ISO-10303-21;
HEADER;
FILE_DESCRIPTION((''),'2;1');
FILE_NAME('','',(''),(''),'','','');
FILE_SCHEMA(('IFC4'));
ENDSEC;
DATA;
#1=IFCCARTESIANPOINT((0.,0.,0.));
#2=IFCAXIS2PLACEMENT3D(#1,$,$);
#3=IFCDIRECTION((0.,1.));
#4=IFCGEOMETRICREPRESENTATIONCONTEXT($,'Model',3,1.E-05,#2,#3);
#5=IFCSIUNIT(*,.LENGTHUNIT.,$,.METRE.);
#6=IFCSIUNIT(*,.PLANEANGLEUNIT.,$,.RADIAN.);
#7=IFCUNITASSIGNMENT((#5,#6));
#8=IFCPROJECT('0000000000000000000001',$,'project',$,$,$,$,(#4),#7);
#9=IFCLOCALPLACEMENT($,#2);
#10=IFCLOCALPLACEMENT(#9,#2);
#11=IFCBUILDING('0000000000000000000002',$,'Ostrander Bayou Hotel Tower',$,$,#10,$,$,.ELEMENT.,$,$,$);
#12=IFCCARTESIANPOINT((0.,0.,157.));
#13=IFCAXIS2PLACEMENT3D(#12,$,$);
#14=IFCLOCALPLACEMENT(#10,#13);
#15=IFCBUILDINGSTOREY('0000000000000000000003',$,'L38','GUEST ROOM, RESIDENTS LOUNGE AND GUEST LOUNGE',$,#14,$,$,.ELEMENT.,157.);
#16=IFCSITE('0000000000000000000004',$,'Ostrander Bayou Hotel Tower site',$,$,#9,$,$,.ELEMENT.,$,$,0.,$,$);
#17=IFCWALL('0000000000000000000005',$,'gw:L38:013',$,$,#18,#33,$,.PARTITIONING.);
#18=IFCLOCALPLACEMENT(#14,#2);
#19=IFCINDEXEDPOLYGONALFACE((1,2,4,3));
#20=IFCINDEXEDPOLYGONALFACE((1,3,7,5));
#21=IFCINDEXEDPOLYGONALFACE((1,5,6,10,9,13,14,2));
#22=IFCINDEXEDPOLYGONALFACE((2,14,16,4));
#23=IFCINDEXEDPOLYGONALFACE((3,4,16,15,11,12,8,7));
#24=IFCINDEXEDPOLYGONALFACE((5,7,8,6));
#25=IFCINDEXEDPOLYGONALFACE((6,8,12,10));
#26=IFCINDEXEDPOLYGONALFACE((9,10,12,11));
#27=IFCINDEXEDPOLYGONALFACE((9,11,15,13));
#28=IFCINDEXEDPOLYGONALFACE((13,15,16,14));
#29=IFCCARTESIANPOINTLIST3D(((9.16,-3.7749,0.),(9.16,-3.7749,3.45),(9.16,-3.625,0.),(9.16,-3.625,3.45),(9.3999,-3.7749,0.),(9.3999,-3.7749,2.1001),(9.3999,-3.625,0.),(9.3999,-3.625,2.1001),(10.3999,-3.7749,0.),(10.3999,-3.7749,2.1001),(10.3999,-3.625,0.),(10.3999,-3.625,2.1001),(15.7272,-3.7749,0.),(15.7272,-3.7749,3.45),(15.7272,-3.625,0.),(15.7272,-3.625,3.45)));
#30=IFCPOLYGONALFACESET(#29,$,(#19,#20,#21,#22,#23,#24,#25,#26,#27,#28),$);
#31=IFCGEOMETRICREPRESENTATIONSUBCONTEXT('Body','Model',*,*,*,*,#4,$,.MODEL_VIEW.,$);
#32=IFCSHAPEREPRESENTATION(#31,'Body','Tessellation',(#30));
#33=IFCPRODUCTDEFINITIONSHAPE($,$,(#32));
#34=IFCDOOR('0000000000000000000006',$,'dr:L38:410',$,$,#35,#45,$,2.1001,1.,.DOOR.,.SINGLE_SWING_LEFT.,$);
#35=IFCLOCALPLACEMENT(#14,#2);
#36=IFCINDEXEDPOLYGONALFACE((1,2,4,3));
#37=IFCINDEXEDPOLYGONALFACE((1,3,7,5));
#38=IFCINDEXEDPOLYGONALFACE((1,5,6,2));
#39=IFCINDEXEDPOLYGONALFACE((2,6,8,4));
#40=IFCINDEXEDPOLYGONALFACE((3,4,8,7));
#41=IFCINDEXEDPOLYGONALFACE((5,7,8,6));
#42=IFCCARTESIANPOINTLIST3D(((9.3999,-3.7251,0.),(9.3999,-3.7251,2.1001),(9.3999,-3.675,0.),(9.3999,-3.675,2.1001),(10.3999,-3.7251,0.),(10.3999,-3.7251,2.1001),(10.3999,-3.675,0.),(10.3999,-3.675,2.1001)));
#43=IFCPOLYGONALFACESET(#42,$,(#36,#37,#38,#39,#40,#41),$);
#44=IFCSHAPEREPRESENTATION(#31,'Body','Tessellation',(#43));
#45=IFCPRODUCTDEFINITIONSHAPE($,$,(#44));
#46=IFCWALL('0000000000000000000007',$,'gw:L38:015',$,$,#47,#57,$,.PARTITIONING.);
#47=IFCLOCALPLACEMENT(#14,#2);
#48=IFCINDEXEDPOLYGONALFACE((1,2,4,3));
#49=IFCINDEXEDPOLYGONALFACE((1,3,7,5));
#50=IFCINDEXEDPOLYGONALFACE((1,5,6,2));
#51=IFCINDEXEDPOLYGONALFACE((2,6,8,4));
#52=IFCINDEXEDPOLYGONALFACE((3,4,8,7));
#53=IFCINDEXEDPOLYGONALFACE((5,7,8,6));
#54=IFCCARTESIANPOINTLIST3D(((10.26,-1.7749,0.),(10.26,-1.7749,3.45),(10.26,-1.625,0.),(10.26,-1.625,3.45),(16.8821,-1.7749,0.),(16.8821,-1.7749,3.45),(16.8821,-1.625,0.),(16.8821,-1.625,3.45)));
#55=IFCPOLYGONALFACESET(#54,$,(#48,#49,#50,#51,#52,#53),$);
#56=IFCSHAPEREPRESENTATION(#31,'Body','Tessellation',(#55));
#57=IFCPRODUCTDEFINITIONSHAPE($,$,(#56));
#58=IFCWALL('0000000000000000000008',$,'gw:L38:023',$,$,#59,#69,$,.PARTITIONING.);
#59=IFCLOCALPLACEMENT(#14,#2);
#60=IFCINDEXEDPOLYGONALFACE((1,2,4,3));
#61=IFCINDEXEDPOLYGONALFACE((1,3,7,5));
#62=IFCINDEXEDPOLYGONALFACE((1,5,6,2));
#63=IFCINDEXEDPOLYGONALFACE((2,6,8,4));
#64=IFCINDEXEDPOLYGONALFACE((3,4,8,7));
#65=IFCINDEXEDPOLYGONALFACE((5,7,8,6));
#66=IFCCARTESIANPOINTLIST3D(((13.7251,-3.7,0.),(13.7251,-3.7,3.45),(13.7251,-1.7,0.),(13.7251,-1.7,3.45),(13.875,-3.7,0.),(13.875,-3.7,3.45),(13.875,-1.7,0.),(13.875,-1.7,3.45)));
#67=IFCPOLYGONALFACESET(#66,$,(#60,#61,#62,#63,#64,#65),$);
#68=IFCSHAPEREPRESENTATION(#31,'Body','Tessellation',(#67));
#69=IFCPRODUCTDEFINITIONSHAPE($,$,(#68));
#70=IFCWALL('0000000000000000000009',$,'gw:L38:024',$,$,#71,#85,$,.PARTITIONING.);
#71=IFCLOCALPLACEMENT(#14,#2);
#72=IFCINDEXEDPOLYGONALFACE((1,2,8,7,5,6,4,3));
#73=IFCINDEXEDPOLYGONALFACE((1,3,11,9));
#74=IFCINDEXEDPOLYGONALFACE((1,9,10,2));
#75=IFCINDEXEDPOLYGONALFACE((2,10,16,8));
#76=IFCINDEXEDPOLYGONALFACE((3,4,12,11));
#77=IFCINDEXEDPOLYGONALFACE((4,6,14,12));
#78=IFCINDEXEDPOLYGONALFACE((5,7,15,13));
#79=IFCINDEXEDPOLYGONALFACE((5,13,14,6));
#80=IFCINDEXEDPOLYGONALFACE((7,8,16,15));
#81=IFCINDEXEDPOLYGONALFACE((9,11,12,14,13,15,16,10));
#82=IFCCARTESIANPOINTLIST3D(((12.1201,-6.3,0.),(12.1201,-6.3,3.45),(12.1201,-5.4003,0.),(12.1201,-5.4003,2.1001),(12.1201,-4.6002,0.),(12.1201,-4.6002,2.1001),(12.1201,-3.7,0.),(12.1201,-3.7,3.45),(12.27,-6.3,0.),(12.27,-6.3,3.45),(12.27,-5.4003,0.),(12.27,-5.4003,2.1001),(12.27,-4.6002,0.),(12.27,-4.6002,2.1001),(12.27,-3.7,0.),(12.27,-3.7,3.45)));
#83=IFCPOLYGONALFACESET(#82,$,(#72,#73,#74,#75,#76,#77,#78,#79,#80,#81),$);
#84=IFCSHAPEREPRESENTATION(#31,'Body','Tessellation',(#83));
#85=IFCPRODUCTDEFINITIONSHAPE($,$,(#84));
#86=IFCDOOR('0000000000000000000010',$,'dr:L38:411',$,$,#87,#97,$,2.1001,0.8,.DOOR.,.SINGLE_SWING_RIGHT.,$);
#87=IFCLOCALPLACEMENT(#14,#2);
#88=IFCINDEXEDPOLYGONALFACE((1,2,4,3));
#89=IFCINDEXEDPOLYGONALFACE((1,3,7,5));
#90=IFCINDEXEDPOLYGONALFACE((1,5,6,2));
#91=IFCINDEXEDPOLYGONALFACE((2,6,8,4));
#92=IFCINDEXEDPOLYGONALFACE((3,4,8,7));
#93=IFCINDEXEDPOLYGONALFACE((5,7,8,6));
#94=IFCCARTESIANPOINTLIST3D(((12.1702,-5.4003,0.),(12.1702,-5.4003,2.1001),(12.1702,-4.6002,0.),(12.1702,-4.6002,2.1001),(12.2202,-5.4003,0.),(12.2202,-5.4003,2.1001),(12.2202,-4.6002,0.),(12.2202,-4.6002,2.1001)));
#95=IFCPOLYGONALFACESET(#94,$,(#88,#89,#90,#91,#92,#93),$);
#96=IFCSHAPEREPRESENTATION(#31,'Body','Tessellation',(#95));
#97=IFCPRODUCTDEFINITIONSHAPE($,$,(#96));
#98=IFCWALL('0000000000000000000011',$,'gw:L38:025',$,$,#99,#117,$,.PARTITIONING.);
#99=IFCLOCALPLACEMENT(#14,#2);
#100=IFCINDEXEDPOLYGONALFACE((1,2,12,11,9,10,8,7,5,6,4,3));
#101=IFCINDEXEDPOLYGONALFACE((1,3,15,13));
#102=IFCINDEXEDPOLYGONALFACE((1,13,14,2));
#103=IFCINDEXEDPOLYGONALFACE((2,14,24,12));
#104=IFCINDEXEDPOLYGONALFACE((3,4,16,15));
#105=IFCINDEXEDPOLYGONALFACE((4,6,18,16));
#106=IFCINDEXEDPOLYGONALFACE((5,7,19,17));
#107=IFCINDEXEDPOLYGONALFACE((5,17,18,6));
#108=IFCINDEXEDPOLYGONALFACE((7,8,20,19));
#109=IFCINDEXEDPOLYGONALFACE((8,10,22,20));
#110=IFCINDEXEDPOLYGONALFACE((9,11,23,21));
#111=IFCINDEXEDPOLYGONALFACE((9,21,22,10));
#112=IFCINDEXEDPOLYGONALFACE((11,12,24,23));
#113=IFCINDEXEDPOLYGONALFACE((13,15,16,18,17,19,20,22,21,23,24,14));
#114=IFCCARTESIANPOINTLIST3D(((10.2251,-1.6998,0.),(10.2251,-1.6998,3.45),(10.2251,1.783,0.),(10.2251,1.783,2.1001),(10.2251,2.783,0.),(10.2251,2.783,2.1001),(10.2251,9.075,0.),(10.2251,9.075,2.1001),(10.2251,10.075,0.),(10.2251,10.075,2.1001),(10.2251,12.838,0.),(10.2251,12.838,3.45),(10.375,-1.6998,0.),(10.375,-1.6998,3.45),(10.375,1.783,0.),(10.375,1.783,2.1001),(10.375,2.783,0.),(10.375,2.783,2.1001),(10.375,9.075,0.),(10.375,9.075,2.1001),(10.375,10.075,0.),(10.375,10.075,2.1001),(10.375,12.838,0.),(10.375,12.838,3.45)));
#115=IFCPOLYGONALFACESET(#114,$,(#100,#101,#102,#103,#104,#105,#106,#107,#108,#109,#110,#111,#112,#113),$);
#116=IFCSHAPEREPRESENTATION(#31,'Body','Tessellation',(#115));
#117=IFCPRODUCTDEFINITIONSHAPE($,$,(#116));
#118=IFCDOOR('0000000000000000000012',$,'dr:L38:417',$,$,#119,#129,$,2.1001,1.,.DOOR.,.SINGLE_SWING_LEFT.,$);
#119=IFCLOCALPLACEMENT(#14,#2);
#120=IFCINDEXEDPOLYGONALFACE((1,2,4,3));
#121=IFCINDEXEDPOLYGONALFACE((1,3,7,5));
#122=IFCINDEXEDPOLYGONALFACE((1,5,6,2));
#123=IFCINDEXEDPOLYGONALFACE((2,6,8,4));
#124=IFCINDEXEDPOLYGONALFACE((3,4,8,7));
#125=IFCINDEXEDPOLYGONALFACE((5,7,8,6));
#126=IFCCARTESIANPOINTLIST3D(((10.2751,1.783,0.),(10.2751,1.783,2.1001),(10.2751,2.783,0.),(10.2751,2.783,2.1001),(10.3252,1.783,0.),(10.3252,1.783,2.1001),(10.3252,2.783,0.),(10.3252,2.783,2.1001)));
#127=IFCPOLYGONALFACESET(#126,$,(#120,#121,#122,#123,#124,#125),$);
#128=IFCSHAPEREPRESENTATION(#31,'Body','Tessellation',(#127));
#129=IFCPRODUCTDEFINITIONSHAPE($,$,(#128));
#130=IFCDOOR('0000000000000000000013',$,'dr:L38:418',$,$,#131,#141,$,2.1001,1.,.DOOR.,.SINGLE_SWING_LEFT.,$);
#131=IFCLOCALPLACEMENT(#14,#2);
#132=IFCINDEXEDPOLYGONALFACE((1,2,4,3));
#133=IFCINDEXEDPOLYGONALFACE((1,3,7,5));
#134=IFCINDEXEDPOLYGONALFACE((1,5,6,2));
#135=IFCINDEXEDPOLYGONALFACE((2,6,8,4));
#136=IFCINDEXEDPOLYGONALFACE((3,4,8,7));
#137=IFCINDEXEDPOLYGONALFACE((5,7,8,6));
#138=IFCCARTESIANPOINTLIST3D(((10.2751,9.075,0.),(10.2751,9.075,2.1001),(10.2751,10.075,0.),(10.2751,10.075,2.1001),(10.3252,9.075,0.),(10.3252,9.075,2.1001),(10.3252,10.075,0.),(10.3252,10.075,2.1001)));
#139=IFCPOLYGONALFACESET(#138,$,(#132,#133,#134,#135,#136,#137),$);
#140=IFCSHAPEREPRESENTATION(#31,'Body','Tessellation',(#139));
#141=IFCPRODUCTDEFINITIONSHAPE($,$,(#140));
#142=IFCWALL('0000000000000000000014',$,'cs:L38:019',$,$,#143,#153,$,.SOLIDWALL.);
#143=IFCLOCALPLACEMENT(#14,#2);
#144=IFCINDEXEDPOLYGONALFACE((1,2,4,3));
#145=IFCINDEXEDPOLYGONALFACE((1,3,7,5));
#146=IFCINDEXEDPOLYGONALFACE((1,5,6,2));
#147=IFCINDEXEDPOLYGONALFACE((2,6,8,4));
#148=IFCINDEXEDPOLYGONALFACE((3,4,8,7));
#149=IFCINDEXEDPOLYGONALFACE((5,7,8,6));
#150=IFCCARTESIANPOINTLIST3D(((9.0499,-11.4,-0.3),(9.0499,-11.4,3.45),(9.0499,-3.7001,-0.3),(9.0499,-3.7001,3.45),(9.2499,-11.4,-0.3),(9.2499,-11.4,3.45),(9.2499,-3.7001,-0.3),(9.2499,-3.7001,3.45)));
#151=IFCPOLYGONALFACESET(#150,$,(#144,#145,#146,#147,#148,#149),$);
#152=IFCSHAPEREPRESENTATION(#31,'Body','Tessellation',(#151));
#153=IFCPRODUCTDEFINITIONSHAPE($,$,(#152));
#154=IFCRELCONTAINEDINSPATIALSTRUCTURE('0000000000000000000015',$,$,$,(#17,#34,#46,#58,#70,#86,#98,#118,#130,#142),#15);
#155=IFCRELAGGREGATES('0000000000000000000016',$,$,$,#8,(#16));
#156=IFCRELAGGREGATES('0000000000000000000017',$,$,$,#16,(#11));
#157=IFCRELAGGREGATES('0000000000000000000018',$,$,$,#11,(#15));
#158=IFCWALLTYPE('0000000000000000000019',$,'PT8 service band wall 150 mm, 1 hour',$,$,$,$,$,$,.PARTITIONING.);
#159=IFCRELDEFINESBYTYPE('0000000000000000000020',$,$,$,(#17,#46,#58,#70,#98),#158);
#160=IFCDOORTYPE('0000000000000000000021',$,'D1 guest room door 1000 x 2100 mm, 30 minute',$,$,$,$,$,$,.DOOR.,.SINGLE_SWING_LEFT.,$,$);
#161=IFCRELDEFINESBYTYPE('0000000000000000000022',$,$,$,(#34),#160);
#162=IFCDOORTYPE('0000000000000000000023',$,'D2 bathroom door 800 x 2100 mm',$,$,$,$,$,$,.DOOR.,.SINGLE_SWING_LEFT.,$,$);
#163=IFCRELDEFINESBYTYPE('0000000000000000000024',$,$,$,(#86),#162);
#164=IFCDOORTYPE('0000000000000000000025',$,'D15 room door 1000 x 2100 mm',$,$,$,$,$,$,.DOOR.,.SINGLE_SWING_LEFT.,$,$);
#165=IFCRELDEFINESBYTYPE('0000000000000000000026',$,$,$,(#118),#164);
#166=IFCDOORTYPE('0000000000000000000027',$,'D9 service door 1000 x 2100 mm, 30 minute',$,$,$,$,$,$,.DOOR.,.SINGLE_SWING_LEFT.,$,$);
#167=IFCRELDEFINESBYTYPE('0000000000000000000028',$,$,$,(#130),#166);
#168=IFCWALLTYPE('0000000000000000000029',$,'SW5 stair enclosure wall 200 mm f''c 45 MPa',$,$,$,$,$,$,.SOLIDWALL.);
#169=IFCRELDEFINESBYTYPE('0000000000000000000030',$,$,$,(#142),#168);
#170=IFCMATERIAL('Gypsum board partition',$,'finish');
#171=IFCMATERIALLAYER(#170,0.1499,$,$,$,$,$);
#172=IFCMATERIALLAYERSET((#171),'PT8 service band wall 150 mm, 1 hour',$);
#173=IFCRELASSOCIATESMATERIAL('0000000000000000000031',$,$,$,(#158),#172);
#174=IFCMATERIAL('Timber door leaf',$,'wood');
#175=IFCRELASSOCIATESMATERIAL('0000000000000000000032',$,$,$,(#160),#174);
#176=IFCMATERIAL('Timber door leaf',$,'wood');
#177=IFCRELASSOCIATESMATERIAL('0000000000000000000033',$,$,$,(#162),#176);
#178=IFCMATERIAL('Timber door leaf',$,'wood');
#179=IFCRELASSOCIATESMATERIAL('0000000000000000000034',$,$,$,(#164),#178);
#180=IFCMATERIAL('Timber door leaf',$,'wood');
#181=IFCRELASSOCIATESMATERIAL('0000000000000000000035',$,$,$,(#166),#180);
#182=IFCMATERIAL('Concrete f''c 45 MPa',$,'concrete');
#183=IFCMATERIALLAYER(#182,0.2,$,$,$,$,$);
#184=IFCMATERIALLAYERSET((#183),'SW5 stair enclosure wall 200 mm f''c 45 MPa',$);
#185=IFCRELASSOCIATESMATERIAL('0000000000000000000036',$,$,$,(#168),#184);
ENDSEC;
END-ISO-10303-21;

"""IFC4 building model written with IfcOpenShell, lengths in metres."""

from ifc_helpers import new_model, si_unit, direction, frame, frame_2d, origin, place, context, subcontext, project, spatial, rectangle, extrude, material, layer, layer_set, type_object, element, fill, save


model = new_model("IFC4")

# Units and contexts
model_context = context("Model", 3, precision=1e-05, world=origin(), true_north=direction((0.0, 1.0)))
body_context = subcontext(model_context, "Body", "Model", "MODEL_VIEW")
ifc_project = project(units=[si_unit("LENGTHUNIT", "METRE"), si_unit("PLANEANGLEUNIT", "RADIAN")], contexts=[model_context])

# Site, building, storey
site_placement = place(None, origin())
site = spatial("IfcSite", under=ifc_project, at=site_placement, Name="Ostrander Bayou Hotel Tower site", CompositionType="ELEMENT", RefElevation=0.0)
building_placement = place(site_placement, origin())
building = spatial("IfcBuilding", under=site, at=building_placement, Name="Ostrander Bayou Hotel Tower", CompositionType="ELEMENT")
storey_placement = place(building_placement, frame((0.0, 0.0, 157.0)))
storey = spatial("IfcBuildingStorey", under=building, at=storey_placement, Name="L38", Description="GUEST ROOM, RESIDENTS LOUNGE AND GUEST LOUNGE", CompositionType="ELEMENT", Elevation=157.0)

# Shared definitions
ifc_material_1 = material(Name="Gypsum board partition", Category="finish")
ifc_layer_1 = layer(ifc_material_1, 0.1499)
ifc_layer_set_1 = layer_set([ifc_layer_1], Name="PT8 service band wall 150 mm, 1 hour")
wall_type_1 = type_object("IfcWallType", Name="PT8 service band wall 150 mm, 1 hour", PredefinedType="PARTITIONING", material=ifc_layer_set_1)

# Wall, opening, door
wall_1_placement = place(storey_placement, frame((9.1599, -3.7, 0.0), z_axis=(0.0, 0.0, 1.0), x_axis=(1.0, 0.0, 0.0)))
wall_1 = element("IfcWall", 1, at=wall_1_placement, inside=storey, type_object=wall_type_1, Name="gw:L38:013", PredefinedType="PARTITIONING", context=body_context, shape_type="SweptSolid", body=[
    extrude(rectangle(XDim=6.5671, YDim=0.1499, at=frame_2d((3.2837, 0.0))), origin(), (0.0, 0.0, 1.0), 3.45),
])
opening_1_placement = place(wall_1_placement, frame((0.24, 0.0, 0.0)))
opening_1 = element("IfcOpeningElement", 2, at=opening_1_placement, cuts=wall_1, PredefinedType="OPENING", context=body_context, shape_type="SweptSolid", body=[
    extrude(rectangle(XDim=1.0, YDim=2.1001, at=frame_2d((0.5, 1.05))), frame((0.0, 0.075, 0.0), z_axis=(0.0, -1.0, 0.0), x_axis=(1.0, 0.0, 0.0)), (0.0, 0.0, 1.0), 0.1499),
])
ifc_material_2 = material(Name="Timber door leaf", Category="wood")
door_type_1 = type_object("IfcDoorType", Name="D1 guest room door 1000 x 2100 mm, 30 minute", OperationType="SINGLE_SWING_LEFT", PredefinedType="DOOR", material=ifc_material_2)
door_1_placement = place(opening_1_placement, origin())
door_1 = element("IfcDoor", 3, at=door_1_placement, inside=storey, type_object=door_type_1, Name="dr:L38:410", OperationType="SINGLE_SWING_LEFT", OverallHeight=2.1001, OverallWidth=1.0, PredefinedType="DOOR", context=body_context, shape_type="SweptSolid", body=[
    extrude(rectangle(XDim=1.0, YDim=2.1001, at=frame_2d((0.5, 1.05))), frame((0.0, 0.0249, 0.0), z_axis=(0.0, -1.0, 0.0), x_axis=(1.0, 0.0, 0.0)), (0.0, 0.0, 1.0), 0.05),
])
fill(opening_1, door_1)

# Walls
wall_2_placement = place(storey_placement, frame((10.26, -1.7, 0.0), z_axis=(0.0, 0.0, 1.0), x_axis=(1.0, 0.0, 0.0)))
element("IfcWall", 4, at=wall_2_placement, inside=storey, type_object=wall_type_1, Name="gw:L38:015", PredefinedType="PARTITIONING", context=body_context, shape_type="SweptSolid", body=[
    extrude(rectangle(XDim=6.6221, YDim=0.1499, at=frame_2d((3.311, 0.0))), origin(), (0.0, 0.0, 1.0), 3.45),
])
wall_3_placement = place(storey_placement, frame((13.8, -3.7, 0.0), z_axis=(0.0, 0.0, 1.0), x_axis=(0.0, 1.0, 0.0)))
element("IfcWall", 5, at=wall_3_placement, inside=storey, type_object=wall_type_1, Name="gw:L38:023", PredefinedType="PARTITIONING", context=body_context, shape_type="SweptSolid", body=[
    extrude(rectangle(XDim=2.0, YDim=0.1499, at=frame_2d((1.0, 0.0))), origin(), (0.0, 0.0, 1.0), 3.45),
])

# Wall, opening, door
wall_4_placement = place(storey_placement, frame((12.1951, -6.3, 0.0), z_axis=(0.0, 0.0, 1.0), x_axis=(0.0, 1.0, 0.0)))
wall_4 = element("IfcWall", 6, at=wall_4_placement, inside=storey, type_object=wall_type_1, Name="gw:L38:024", PredefinedType="PARTITIONING", context=body_context, shape_type="SweptSolid", body=[
    extrude(rectangle(XDim=2.6001, YDim=0.1499, at=frame_2d((1.3, 0.0))), origin(), (0.0, 0.0, 1.0), 3.45),
])
opening_2_placement = place(wall_4_placement, frame((0.8999, 0.0, 0.0)))
opening_2 = element("IfcOpeningElement", 7, at=opening_2_placement, cuts=wall_4, PredefinedType="OPENING", context=body_context, shape_type="SweptSolid", body=[
    extrude(rectangle(XDim=0.8, YDim=2.1001, at=frame_2d((0.3999, 1.05))), frame((0.0, 0.075, 0.0), z_axis=(0.0, -1.0, 0.0), x_axis=(1.0, 0.0, 0.0)), (0.0, 0.0, 1.0), 0.1499),
])
ifc_material_3 = material(Name="Timber door leaf", Category="wood")
door_type_2 = type_object("IfcDoorType", Name="D2 bathroom door 800 x 2100 mm", OperationType="SINGLE_SWING_LEFT", PredefinedType="DOOR", material=ifc_material_3)
door_2_placement = place(opening_2_placement, origin())
door_2 = element("IfcDoor", 8, at=door_2_placement, inside=storey, type_object=door_type_2, Name="dr:L38:411", OperationType="SINGLE_SWING_RIGHT", OverallHeight=2.1001, OverallWidth=0.8, PredefinedType="DOOR", context=body_context, shape_type="SweptSolid", body=[
    extrude(rectangle(XDim=0.8, YDim=2.1001, at=frame_2d((0.3999, 1.05))), frame((0.0, 0.0249, 0.0), z_axis=(0.0, -1.0, 0.0), x_axis=(1.0, 0.0, 0.0)), (0.0, 0.0, 1.0), 0.05),
])
fill(opening_2, door_2)

# Wall, openings, doors
wall_5_placement = place(storey_placement, frame((10.3, -1.7, 0.0), z_axis=(0.0, 0.0, 1.0), x_axis=(0.0, 1.0, 0.0)))
wall_5 = element("IfcWall", 9, at=wall_5_placement, inside=storey, type_object=wall_type_1, Name="gw:L38:025", PredefinedType="PARTITIONING", context=body_context, shape_type="SweptSolid", body=[
    extrude(rectangle(XDim=14.5378, YDim=0.1499, at=frame_2d((7.269, 0.0))), origin(), (0.0, 0.0, 1.0), 3.45),
])
opening_3_placement = place(wall_5_placement, frame((3.4829, 0.0, 0.0)))
opening_3 = element("IfcOpeningElement", 10, at=opening_3_placement, cuts=wall_5, PredefinedType="OPENING", context=body_context, shape_type="SweptSolid", body=[
    extrude(rectangle(XDim=1.0, YDim=2.1001, at=frame_2d((0.5, 1.05))), frame((0.0, 0.075, 0.0), z_axis=(0.0, -1.0, 0.0), x_axis=(1.0, 0.0, 0.0)), (0.0, 0.0, 1.0), 0.1499),
])
opening_4_placement = place(wall_5_placement, frame((10.7749, 0.0, 0.0)))
opening_4 = element("IfcOpeningElement", 11, at=opening_4_placement, cuts=wall_5, PredefinedType="OPENING", context=body_context, shape_type="SweptSolid", body=[
    extrude(rectangle(XDim=1.0, YDim=2.1001, at=frame_2d((0.5, 1.05))), frame((0.0, 0.075, 0.0), z_axis=(0.0, -1.0, 0.0), x_axis=(1.0, 0.0, 0.0)), (0.0, 0.0, 1.0), 0.1499),
])
ifc_material_4 = material(Name="Timber door leaf", Category="wood")
door_type_3 = type_object("IfcDoorType", Name="D15 room door 1000 x 2100 mm", OperationType="SINGLE_SWING_LEFT", PredefinedType="DOOR", material=ifc_material_4)
door_3_placement = place(opening_3_placement, origin())
door_3 = element("IfcDoor", 12, at=door_3_placement, inside=storey, type_object=door_type_3, Name="dr:L38:417", OperationType="SINGLE_SWING_LEFT", OverallHeight=2.1001, OverallWidth=1.0, PredefinedType="DOOR", context=body_context, shape_type="SweptSolid", body=[
    extrude(rectangle(XDim=1.0, YDim=2.1001, at=frame_2d((0.5, 1.05))), frame((0.0, 0.0249, 0.0), z_axis=(0.0, -1.0, 0.0), x_axis=(1.0, 0.0, 0.0)), (0.0, 0.0, 1.0), 0.05),
])
fill(opening_3, door_3)
ifc_material_5 = material(Name="Timber door leaf", Category="wood")
door_type_4 = type_object("IfcDoorType", Name="D9 service door 1000 x 2100 mm, 30 minute", OperationType="SINGLE_SWING_LEFT", PredefinedType="DOOR", material=ifc_material_5)
door_4_placement = place(opening_4_placement, origin())
door_4 = element("IfcDoor", 13, at=door_4_placement, inside=storey, type_object=door_type_4, Name="dr:L38:418", OperationType="SINGLE_SWING_LEFT", OverallHeight=2.1001, OverallWidth=1.0, PredefinedType="DOOR", context=body_context, shape_type="SweptSolid", body=[
    extrude(rectangle(XDim=1.0, YDim=2.1001, at=frame_2d((0.5, 1.05))), frame((0.0, 0.0249, 0.0), z_axis=(0.0, -1.0, 0.0), x_axis=(1.0, 0.0, 0.0)), (0.0, 0.0, 1.0), 0.05),
])
fill(opening_4, door_4)

# Wall
ifc_material_6 = material(Name="Concrete f'c 45 MPa", Category="concrete")
ifc_layer_2 = layer(ifc_material_6, 0.2)
ifc_layer_set_2 = layer_set([ifc_layer_2], Name="SW5 stair enclosure wall 200 mm f'c 45 MPa")
wall_type_2 = type_object("IfcWallType", Name="SW5 stair enclosure wall 200 mm f'c 45 MPa", PredefinedType="SOLIDWALL", material=ifc_layer_set_2)
wall_6_placement = place(storey_placement, frame((9.1499, -3.7, -0.3), z_axis=(0.0, 0.0, 1.0), x_axis=(0.0, -1.0, 0.0)))
element("IfcWall", 14, at=wall_6_placement, inside=storey, type_object=wall_type_2, Name="cs:L38:019", PredefinedType="SOLIDWALL", context=body_context, shape_type="SweptSolid", body=[
    extrude(rectangle(XDim=7.7, YDim=0.2, at=frame_2d((3.8501, 0.0))), origin(), (0.0, 0.0, 1.0), 3.75),
])

save(model, "model.ifc")
